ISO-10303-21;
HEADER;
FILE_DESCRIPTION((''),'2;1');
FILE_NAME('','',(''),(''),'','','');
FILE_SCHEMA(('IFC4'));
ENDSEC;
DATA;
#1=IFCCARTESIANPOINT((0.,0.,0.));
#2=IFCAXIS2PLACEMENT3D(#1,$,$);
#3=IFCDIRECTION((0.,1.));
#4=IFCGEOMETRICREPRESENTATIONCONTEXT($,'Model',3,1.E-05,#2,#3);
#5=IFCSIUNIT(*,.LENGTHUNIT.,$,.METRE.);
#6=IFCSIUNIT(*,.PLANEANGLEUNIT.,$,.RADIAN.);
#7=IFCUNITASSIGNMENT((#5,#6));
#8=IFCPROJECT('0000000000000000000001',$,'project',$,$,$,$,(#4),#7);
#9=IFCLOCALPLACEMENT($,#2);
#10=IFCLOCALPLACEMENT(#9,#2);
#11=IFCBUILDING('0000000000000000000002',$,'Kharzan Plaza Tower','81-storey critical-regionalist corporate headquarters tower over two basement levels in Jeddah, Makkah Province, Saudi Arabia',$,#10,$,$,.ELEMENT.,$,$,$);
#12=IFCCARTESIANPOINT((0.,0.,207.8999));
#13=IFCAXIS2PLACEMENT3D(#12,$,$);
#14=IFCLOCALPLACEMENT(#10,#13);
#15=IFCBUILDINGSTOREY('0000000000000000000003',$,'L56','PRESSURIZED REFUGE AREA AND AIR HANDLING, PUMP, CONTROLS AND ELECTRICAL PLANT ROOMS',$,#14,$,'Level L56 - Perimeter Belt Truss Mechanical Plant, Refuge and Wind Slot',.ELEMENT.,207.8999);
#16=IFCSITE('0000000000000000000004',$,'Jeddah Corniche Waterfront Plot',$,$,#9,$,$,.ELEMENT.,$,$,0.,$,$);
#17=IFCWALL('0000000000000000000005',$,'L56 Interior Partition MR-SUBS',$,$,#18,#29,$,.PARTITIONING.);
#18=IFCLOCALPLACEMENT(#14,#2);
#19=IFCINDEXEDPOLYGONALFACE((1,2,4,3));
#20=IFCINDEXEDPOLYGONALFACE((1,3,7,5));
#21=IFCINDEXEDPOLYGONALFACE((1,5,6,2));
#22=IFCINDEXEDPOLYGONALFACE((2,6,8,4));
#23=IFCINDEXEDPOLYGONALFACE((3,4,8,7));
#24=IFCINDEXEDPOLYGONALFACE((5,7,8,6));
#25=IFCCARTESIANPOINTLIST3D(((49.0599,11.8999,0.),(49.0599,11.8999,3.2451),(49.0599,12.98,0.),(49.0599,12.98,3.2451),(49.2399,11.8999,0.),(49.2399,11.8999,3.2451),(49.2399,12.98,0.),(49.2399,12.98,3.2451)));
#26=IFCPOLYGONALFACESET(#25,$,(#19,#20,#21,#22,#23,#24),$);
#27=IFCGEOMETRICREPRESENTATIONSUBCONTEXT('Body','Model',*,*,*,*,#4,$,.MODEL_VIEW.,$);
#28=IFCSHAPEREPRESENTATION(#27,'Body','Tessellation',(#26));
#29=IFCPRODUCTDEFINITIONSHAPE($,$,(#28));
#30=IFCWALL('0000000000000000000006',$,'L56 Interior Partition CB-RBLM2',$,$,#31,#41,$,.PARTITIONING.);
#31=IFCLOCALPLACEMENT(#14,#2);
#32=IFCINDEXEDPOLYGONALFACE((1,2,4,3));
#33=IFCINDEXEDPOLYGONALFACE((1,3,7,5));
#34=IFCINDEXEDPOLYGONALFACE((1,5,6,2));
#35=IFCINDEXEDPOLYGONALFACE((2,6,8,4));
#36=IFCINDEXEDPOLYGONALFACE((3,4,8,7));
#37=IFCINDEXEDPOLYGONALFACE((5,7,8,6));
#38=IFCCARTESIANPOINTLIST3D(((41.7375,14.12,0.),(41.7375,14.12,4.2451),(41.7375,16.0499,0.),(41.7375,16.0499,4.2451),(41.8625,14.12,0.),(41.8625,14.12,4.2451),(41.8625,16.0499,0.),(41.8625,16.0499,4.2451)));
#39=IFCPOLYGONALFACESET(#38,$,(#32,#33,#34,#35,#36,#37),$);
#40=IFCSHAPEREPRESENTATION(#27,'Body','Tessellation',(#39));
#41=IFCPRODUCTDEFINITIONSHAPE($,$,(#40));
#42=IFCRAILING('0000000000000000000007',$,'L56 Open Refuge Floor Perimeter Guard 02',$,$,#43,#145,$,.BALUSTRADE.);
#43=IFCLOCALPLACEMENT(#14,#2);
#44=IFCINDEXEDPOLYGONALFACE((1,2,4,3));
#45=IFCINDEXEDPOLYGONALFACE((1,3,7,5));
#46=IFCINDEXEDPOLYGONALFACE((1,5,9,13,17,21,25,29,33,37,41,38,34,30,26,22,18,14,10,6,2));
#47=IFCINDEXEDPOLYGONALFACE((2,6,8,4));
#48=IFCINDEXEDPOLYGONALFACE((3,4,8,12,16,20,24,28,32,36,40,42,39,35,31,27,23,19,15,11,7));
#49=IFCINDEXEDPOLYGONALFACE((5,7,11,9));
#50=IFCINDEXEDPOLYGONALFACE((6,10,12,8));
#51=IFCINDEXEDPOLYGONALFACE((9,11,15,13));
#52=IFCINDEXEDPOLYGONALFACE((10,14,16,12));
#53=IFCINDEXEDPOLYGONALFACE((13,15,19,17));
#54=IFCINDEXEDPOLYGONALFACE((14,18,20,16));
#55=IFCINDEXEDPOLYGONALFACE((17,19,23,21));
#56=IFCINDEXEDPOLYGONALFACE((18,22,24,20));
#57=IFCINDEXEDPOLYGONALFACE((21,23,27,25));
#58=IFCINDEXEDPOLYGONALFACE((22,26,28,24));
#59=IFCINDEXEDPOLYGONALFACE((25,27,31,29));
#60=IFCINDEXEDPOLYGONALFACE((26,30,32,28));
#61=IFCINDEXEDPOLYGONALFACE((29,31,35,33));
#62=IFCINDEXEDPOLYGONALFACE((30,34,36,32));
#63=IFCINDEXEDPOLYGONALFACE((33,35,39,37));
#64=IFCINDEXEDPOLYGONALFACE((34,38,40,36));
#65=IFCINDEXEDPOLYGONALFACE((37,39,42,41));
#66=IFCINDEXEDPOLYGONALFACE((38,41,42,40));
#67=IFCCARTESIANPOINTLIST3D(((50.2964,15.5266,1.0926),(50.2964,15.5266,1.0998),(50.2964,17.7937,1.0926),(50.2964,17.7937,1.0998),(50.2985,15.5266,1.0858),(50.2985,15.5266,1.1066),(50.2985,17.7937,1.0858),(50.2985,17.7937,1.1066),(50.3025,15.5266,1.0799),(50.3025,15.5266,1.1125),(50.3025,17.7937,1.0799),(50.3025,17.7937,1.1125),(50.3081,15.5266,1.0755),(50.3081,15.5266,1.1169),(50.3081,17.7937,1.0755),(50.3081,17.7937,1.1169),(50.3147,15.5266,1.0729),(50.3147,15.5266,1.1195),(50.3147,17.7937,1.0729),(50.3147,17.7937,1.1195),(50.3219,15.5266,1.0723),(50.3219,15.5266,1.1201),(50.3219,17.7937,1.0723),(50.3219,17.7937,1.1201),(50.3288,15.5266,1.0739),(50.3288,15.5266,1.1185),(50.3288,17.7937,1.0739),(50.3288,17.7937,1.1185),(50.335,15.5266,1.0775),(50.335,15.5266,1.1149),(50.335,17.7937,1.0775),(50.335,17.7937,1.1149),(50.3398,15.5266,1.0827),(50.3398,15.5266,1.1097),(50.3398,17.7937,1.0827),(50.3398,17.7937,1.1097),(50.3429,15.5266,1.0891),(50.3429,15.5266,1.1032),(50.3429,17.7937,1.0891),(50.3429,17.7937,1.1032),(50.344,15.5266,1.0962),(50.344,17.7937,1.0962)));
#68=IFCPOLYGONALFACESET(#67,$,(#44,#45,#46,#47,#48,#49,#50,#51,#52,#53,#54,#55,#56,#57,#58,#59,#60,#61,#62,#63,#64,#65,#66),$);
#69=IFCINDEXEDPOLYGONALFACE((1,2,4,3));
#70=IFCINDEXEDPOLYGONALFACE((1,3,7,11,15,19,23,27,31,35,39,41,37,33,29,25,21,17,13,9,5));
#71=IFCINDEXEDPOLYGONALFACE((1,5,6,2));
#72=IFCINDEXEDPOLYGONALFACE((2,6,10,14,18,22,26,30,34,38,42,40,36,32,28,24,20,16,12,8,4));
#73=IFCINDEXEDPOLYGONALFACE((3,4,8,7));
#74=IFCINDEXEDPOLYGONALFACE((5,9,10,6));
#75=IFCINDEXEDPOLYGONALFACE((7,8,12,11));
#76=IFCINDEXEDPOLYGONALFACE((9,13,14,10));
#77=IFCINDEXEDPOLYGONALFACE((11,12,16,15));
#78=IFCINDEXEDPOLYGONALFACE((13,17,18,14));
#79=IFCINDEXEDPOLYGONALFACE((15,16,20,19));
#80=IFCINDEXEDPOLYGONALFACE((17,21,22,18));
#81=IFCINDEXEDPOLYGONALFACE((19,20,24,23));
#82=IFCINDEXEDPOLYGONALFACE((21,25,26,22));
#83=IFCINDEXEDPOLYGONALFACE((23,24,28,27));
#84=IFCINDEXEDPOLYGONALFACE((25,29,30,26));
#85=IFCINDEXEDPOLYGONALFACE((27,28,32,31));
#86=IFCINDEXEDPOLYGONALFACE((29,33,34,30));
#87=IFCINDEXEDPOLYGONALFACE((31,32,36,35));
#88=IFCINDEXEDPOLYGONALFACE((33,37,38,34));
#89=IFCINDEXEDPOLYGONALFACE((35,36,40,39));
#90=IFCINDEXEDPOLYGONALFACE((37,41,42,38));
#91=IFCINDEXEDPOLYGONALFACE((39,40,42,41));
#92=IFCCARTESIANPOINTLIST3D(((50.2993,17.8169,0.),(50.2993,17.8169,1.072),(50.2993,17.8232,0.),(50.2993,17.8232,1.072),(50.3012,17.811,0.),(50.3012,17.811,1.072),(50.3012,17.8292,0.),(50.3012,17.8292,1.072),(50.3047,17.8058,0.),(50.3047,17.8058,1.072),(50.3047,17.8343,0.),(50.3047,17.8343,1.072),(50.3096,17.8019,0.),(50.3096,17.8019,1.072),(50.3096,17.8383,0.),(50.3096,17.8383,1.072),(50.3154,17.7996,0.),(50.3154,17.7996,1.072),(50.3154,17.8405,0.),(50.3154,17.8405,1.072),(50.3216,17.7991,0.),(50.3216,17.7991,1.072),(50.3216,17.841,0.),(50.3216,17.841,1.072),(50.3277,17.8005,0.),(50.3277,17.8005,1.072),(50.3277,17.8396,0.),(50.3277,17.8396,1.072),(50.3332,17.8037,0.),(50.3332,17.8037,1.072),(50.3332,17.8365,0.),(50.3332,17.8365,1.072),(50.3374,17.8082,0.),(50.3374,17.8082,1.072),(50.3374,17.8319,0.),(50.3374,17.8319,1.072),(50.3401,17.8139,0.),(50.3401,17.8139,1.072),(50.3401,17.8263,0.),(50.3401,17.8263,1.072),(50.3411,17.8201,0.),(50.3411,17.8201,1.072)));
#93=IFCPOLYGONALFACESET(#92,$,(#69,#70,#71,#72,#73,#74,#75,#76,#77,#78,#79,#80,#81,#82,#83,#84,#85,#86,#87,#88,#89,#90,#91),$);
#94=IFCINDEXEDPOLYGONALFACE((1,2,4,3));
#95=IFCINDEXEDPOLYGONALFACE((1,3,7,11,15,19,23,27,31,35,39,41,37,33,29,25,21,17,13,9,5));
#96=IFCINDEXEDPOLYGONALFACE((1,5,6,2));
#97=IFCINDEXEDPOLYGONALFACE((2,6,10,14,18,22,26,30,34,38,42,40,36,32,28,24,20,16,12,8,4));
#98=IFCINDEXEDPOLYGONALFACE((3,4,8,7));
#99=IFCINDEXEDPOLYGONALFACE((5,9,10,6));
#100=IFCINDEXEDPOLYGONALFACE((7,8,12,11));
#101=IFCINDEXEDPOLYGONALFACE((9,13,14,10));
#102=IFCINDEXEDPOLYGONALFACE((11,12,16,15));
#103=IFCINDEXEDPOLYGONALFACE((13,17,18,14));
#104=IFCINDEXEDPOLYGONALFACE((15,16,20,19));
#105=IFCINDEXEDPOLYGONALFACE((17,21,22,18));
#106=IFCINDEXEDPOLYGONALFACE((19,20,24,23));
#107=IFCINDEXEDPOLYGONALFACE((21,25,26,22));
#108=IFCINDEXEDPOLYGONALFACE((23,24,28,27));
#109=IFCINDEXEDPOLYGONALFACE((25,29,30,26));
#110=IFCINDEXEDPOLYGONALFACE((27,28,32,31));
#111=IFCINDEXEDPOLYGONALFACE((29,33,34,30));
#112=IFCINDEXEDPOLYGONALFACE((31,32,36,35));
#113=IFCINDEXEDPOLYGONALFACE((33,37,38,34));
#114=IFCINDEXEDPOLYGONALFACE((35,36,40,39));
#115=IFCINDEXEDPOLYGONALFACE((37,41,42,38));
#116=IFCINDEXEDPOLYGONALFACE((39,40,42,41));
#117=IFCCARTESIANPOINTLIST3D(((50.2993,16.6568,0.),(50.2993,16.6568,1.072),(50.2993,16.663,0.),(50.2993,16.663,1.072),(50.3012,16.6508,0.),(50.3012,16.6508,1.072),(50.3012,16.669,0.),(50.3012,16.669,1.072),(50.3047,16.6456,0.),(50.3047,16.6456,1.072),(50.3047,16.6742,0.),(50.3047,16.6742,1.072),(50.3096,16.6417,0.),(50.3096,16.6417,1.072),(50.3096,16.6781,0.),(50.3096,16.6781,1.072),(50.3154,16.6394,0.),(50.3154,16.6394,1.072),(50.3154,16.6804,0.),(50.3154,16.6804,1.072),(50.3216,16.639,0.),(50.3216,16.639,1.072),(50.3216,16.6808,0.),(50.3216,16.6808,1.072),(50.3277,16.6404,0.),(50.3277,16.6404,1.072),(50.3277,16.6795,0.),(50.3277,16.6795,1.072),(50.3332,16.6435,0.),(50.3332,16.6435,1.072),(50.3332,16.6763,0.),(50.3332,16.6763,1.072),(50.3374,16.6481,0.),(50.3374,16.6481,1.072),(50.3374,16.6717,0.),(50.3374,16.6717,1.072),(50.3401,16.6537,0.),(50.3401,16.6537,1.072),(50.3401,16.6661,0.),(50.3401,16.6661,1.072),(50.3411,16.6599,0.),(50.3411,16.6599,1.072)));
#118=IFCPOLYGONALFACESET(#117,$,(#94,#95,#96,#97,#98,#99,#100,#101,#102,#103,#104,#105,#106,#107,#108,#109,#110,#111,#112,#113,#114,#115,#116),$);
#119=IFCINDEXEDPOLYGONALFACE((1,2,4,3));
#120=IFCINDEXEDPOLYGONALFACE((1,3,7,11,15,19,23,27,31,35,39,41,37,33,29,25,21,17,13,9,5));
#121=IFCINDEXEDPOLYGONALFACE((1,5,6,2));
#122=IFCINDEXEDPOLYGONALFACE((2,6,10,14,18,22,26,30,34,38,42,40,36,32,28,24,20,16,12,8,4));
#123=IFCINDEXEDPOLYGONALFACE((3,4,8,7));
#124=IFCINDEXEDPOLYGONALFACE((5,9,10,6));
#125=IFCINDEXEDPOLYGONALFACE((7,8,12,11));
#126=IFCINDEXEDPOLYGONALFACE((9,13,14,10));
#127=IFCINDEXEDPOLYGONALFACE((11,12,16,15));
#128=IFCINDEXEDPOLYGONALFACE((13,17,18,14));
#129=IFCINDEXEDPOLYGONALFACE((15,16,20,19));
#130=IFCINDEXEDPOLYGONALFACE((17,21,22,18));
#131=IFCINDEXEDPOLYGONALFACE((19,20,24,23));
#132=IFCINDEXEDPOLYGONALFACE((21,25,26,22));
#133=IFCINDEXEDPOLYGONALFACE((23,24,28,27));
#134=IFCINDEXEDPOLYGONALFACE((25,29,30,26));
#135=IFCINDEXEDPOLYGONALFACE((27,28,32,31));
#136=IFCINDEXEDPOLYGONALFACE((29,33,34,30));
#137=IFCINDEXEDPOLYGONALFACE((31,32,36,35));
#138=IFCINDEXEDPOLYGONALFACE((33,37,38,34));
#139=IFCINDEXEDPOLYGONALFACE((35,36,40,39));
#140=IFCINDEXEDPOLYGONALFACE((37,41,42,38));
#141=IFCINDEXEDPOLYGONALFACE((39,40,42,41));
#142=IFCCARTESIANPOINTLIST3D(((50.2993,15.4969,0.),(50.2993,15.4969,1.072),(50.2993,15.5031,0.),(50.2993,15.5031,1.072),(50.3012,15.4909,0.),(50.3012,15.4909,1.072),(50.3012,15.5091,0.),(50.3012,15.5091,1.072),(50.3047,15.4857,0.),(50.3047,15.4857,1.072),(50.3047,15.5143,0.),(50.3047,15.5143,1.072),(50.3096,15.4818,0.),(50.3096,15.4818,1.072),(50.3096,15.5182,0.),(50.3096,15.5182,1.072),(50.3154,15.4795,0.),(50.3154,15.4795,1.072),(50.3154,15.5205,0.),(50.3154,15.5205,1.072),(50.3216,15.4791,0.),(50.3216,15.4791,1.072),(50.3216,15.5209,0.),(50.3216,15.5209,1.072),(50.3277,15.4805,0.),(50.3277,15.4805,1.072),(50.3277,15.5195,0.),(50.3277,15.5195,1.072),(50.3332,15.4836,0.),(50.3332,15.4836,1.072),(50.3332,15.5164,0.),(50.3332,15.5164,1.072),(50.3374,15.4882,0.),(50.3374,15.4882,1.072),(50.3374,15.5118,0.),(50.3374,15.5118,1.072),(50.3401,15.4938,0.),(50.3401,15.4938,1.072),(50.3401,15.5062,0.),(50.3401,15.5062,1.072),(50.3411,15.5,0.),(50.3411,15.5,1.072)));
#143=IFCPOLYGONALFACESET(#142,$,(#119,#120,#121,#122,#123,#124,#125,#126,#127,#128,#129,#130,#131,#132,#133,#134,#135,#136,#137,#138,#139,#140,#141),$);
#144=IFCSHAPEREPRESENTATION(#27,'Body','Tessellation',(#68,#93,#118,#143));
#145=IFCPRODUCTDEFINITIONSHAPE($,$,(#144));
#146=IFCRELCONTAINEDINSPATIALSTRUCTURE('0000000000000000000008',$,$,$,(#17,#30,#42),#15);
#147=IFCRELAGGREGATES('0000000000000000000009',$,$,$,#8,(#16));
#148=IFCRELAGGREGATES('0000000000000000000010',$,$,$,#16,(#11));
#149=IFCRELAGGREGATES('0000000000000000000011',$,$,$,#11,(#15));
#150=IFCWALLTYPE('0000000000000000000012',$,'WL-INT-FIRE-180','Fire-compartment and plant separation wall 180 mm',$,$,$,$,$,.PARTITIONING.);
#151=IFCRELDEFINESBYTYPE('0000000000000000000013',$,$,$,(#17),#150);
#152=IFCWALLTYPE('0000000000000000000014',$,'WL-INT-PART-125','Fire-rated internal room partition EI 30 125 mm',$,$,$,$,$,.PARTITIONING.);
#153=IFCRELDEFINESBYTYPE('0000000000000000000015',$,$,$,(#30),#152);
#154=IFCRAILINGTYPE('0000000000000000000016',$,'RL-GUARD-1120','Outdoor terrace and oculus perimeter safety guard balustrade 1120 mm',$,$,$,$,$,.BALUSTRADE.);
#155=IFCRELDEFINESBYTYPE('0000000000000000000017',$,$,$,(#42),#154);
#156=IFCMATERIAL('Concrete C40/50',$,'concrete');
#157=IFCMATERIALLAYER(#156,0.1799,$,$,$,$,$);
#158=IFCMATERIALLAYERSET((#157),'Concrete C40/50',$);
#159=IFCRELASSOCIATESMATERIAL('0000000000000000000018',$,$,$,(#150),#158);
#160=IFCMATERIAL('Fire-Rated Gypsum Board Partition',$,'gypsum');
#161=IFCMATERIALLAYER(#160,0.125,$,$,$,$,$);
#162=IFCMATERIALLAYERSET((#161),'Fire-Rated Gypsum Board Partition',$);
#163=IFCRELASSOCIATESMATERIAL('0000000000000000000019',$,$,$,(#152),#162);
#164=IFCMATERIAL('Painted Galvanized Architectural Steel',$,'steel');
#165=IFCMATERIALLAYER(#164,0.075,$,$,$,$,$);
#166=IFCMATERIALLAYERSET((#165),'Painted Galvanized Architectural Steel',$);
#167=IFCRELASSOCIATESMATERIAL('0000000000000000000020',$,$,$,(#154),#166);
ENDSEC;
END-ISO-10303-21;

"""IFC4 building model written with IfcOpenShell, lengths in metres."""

from ifc_helpers import new_model, si_unit, direction, frame, frame_2d, origin, origin_2d, place, context, subcontext, project, spatial, rectangle, circle, extrude, source, transform, mapped, material, layer, layer_set, type_object, element, save


model = new_model("IFC4")

# Units and contexts
model_context = context("Model", 3, precision=1e-05, world=origin(), true_north=direction((0.0, 1.0)))
body_context = subcontext(model_context, "Body", "Model", "MODEL_VIEW")
ifc_project = project(units=[si_unit("LENGTHUNIT", "METRE"), si_unit("PLANEANGLEUNIT", "RADIAN")], contexts=[model_context])

# Site, building, storey
site_placement = place(None, origin())
site = spatial("IfcSite", under=ifc_project, at=site_placement, Name="Jeddah Corniche Waterfront Plot", CompositionType="ELEMENT", RefElevation=0.0)
building_placement = place(site_placement, origin())
building = spatial("IfcBuilding", under=site, at=building_placement, Name="Kharzan Plaza Tower", Description="81-storey critical-regionalist corporate headquarters tower over two basement levels in Jeddah, Makkah Province, Saudi Arabia", CompositionType="ELEMENT")
storey_placement = place(building_placement, frame((0.0, 0.0, 207.8999)))
storey = spatial("IfcBuildingStorey", under=building, at=storey_placement, Name="L56", Description="PRESSURIZED REFUGE AREA AND AIR HANDLING, PUMP, CONTROLS AND ELECTRICAL PLANT ROOMS", LongName="Level L56 - Perimeter Belt Truss Mechanical Plant, Refuge and Wind Slot", CompositionType="ELEMENT", Elevation=207.8999)

# Shared definitions
ifc_material_1 = material(Name="Concrete C40/50", Category="concrete")
ifc_layer_1 = layer(ifc_material_1, 0.1799)
ifc_layer_set_1 = layer_set([ifc_layer_1], Name="Concrete C40/50")
wall_type_1 = type_object("IfcWallType", Name="WL-INT-FIRE-180", Description="Fire-compartment and plant separation wall 180 mm", PredefinedType="PARTITIONING", material=ifc_layer_set_1)
ifc_material_2 = material(Name="Fire-Rated Gypsum Board Partition", Category="gypsum")
ifc_layer_2 = layer(ifc_material_2, 0.125)
ifc_layer_set_2 = layer_set([ifc_layer_2], Name="Fire-Rated Gypsum Board Partition")
wall_type_2 = type_object("IfcWallType", Name="WL-INT-PART-125", Description="Fire-rated internal room partition EI 30 125 mm", PredefinedType="PARTITIONING", material=ifc_layer_set_2)

# Walls
shared_shape_1 = source(origin(), body_context, "Body", "SweptSolid", [
    extrude(rectangle(XDim=1.0801, YDim=0.1799, at=frame_2d((0.54, 0.0))), origin(), (0.0, 0.0, 1.0), 3.2451),
])
wall_1_placement = place(storey_placement, frame((49.1499, 11.8999, 0.0), z_axis=(0.0, 0.0, 1.0), x_axis=(0.0, 1.0, 0.0)))
element("IfcWall", 1, at=wall_1_placement, inside=storey, type_object=wall_type_1, Name="L56 Interior Partition MR-SUBS", PredefinedType="PARTITIONING", context=body_context, shape_type="MappedRepresentation", body=[
    mapped(shared_shape_1, transform((0.0, 0.0, 0.0), x_axis=(1.0, 0.0, 0.0), y_axis=(0.0, 1.0, 0.0), z_axis=(0.0, 0.0, 1.0))),
])
shared_shape_2 = source(origin(), body_context, "Body", "SweptSolid", [
    extrude(rectangle(XDim=1.9299, YDim=0.125, at=frame_2d((0.9648, 0.0))), origin(), (0.0, 0.0, 1.0), 4.2451),
])
wall_2_placement = place(storey_placement, frame((41.8, 14.1201, 0.0), z_axis=(0.0, 0.0, 1.0), x_axis=(0.0, 1.0, 0.0)))
element("IfcWall", 2, at=wall_2_placement, inside=storey, type_object=wall_type_2, Name="L56 Interior Partition CB-RBLM2", PredefinedType="PARTITIONING", context=body_context, shape_type="MappedRepresentation", body=[
    mapped(shared_shape_2, transform((0.0, 0.0, 0.0), x_axis=(1.0, 0.0, 0.0), y_axis=(0.0, 1.0, 0.0), z_axis=(0.0, 0.0, 1.0))),
])

# Railing
ifc_material_3 = material(Name="Painted Galvanized Architectural Steel", Category="steel")
ifc_layer_3 = layer(ifc_material_3, 0.075)
ifc_layer_set_3 = layer_set([ifc_layer_3], Name="Painted Galvanized Architectural Steel")
railing_type = type_object("IfcRailingType", Name="RL-GUARD-1120", Description="Outdoor terrace and oculus perimeter safety guard balustrade 1120 mm", PredefinedType="BALUSTRADE", material=ifc_layer_set_3)
shared_shape_3 = source(origin(), body_context, "Body", "SweptSolid", [
    extrude(circle(Radius=0.0239, at=origin_2d()), frame((0.0, -0.0264, 1.0962), z_axis=(0.0, -1.0, 0.0), x_axis=(1.0, 0.0, 0.0)), (0.0, 0.0, 1.0), 2.2671),
    extrude(circle(Radius=0.021, at=origin_2d()), origin(), (0.0, 0.0, 1.0), 1.072),
    extrude(circle(Radius=0.021, at=origin_2d()), frame((0.0, -1.1602, 0.0)), (0.0, 0.0, 1.0), 1.072),
    extrude(circle(Radius=0.021, at=origin_2d()), frame((0.0, -2.3201, 0.0)), (0.0, 0.0, 1.0), 1.072),
])
railing_1_placement = place(storey_placement, frame((50.3201, 17.8201, 0.0)))
element("IfcRailing", 3, at=railing_1_placement, inside=storey, type_object=railing_type, Name="L56 Open Refuge Floor Perimeter Guard 02", PredefinedType="BALUSTRADE", context=body_context, shape_type="MappedRepresentation", body=[
    mapped(shared_shape_3, transform((0.0, 0.0, 0.0), x_axis=(1.0, 0.0, 0.0), y_axis=(0.0, 1.0, 0.0), z_axis=(0.0, 0.0, 1.0))),
])

save(model, "model.ifc")
